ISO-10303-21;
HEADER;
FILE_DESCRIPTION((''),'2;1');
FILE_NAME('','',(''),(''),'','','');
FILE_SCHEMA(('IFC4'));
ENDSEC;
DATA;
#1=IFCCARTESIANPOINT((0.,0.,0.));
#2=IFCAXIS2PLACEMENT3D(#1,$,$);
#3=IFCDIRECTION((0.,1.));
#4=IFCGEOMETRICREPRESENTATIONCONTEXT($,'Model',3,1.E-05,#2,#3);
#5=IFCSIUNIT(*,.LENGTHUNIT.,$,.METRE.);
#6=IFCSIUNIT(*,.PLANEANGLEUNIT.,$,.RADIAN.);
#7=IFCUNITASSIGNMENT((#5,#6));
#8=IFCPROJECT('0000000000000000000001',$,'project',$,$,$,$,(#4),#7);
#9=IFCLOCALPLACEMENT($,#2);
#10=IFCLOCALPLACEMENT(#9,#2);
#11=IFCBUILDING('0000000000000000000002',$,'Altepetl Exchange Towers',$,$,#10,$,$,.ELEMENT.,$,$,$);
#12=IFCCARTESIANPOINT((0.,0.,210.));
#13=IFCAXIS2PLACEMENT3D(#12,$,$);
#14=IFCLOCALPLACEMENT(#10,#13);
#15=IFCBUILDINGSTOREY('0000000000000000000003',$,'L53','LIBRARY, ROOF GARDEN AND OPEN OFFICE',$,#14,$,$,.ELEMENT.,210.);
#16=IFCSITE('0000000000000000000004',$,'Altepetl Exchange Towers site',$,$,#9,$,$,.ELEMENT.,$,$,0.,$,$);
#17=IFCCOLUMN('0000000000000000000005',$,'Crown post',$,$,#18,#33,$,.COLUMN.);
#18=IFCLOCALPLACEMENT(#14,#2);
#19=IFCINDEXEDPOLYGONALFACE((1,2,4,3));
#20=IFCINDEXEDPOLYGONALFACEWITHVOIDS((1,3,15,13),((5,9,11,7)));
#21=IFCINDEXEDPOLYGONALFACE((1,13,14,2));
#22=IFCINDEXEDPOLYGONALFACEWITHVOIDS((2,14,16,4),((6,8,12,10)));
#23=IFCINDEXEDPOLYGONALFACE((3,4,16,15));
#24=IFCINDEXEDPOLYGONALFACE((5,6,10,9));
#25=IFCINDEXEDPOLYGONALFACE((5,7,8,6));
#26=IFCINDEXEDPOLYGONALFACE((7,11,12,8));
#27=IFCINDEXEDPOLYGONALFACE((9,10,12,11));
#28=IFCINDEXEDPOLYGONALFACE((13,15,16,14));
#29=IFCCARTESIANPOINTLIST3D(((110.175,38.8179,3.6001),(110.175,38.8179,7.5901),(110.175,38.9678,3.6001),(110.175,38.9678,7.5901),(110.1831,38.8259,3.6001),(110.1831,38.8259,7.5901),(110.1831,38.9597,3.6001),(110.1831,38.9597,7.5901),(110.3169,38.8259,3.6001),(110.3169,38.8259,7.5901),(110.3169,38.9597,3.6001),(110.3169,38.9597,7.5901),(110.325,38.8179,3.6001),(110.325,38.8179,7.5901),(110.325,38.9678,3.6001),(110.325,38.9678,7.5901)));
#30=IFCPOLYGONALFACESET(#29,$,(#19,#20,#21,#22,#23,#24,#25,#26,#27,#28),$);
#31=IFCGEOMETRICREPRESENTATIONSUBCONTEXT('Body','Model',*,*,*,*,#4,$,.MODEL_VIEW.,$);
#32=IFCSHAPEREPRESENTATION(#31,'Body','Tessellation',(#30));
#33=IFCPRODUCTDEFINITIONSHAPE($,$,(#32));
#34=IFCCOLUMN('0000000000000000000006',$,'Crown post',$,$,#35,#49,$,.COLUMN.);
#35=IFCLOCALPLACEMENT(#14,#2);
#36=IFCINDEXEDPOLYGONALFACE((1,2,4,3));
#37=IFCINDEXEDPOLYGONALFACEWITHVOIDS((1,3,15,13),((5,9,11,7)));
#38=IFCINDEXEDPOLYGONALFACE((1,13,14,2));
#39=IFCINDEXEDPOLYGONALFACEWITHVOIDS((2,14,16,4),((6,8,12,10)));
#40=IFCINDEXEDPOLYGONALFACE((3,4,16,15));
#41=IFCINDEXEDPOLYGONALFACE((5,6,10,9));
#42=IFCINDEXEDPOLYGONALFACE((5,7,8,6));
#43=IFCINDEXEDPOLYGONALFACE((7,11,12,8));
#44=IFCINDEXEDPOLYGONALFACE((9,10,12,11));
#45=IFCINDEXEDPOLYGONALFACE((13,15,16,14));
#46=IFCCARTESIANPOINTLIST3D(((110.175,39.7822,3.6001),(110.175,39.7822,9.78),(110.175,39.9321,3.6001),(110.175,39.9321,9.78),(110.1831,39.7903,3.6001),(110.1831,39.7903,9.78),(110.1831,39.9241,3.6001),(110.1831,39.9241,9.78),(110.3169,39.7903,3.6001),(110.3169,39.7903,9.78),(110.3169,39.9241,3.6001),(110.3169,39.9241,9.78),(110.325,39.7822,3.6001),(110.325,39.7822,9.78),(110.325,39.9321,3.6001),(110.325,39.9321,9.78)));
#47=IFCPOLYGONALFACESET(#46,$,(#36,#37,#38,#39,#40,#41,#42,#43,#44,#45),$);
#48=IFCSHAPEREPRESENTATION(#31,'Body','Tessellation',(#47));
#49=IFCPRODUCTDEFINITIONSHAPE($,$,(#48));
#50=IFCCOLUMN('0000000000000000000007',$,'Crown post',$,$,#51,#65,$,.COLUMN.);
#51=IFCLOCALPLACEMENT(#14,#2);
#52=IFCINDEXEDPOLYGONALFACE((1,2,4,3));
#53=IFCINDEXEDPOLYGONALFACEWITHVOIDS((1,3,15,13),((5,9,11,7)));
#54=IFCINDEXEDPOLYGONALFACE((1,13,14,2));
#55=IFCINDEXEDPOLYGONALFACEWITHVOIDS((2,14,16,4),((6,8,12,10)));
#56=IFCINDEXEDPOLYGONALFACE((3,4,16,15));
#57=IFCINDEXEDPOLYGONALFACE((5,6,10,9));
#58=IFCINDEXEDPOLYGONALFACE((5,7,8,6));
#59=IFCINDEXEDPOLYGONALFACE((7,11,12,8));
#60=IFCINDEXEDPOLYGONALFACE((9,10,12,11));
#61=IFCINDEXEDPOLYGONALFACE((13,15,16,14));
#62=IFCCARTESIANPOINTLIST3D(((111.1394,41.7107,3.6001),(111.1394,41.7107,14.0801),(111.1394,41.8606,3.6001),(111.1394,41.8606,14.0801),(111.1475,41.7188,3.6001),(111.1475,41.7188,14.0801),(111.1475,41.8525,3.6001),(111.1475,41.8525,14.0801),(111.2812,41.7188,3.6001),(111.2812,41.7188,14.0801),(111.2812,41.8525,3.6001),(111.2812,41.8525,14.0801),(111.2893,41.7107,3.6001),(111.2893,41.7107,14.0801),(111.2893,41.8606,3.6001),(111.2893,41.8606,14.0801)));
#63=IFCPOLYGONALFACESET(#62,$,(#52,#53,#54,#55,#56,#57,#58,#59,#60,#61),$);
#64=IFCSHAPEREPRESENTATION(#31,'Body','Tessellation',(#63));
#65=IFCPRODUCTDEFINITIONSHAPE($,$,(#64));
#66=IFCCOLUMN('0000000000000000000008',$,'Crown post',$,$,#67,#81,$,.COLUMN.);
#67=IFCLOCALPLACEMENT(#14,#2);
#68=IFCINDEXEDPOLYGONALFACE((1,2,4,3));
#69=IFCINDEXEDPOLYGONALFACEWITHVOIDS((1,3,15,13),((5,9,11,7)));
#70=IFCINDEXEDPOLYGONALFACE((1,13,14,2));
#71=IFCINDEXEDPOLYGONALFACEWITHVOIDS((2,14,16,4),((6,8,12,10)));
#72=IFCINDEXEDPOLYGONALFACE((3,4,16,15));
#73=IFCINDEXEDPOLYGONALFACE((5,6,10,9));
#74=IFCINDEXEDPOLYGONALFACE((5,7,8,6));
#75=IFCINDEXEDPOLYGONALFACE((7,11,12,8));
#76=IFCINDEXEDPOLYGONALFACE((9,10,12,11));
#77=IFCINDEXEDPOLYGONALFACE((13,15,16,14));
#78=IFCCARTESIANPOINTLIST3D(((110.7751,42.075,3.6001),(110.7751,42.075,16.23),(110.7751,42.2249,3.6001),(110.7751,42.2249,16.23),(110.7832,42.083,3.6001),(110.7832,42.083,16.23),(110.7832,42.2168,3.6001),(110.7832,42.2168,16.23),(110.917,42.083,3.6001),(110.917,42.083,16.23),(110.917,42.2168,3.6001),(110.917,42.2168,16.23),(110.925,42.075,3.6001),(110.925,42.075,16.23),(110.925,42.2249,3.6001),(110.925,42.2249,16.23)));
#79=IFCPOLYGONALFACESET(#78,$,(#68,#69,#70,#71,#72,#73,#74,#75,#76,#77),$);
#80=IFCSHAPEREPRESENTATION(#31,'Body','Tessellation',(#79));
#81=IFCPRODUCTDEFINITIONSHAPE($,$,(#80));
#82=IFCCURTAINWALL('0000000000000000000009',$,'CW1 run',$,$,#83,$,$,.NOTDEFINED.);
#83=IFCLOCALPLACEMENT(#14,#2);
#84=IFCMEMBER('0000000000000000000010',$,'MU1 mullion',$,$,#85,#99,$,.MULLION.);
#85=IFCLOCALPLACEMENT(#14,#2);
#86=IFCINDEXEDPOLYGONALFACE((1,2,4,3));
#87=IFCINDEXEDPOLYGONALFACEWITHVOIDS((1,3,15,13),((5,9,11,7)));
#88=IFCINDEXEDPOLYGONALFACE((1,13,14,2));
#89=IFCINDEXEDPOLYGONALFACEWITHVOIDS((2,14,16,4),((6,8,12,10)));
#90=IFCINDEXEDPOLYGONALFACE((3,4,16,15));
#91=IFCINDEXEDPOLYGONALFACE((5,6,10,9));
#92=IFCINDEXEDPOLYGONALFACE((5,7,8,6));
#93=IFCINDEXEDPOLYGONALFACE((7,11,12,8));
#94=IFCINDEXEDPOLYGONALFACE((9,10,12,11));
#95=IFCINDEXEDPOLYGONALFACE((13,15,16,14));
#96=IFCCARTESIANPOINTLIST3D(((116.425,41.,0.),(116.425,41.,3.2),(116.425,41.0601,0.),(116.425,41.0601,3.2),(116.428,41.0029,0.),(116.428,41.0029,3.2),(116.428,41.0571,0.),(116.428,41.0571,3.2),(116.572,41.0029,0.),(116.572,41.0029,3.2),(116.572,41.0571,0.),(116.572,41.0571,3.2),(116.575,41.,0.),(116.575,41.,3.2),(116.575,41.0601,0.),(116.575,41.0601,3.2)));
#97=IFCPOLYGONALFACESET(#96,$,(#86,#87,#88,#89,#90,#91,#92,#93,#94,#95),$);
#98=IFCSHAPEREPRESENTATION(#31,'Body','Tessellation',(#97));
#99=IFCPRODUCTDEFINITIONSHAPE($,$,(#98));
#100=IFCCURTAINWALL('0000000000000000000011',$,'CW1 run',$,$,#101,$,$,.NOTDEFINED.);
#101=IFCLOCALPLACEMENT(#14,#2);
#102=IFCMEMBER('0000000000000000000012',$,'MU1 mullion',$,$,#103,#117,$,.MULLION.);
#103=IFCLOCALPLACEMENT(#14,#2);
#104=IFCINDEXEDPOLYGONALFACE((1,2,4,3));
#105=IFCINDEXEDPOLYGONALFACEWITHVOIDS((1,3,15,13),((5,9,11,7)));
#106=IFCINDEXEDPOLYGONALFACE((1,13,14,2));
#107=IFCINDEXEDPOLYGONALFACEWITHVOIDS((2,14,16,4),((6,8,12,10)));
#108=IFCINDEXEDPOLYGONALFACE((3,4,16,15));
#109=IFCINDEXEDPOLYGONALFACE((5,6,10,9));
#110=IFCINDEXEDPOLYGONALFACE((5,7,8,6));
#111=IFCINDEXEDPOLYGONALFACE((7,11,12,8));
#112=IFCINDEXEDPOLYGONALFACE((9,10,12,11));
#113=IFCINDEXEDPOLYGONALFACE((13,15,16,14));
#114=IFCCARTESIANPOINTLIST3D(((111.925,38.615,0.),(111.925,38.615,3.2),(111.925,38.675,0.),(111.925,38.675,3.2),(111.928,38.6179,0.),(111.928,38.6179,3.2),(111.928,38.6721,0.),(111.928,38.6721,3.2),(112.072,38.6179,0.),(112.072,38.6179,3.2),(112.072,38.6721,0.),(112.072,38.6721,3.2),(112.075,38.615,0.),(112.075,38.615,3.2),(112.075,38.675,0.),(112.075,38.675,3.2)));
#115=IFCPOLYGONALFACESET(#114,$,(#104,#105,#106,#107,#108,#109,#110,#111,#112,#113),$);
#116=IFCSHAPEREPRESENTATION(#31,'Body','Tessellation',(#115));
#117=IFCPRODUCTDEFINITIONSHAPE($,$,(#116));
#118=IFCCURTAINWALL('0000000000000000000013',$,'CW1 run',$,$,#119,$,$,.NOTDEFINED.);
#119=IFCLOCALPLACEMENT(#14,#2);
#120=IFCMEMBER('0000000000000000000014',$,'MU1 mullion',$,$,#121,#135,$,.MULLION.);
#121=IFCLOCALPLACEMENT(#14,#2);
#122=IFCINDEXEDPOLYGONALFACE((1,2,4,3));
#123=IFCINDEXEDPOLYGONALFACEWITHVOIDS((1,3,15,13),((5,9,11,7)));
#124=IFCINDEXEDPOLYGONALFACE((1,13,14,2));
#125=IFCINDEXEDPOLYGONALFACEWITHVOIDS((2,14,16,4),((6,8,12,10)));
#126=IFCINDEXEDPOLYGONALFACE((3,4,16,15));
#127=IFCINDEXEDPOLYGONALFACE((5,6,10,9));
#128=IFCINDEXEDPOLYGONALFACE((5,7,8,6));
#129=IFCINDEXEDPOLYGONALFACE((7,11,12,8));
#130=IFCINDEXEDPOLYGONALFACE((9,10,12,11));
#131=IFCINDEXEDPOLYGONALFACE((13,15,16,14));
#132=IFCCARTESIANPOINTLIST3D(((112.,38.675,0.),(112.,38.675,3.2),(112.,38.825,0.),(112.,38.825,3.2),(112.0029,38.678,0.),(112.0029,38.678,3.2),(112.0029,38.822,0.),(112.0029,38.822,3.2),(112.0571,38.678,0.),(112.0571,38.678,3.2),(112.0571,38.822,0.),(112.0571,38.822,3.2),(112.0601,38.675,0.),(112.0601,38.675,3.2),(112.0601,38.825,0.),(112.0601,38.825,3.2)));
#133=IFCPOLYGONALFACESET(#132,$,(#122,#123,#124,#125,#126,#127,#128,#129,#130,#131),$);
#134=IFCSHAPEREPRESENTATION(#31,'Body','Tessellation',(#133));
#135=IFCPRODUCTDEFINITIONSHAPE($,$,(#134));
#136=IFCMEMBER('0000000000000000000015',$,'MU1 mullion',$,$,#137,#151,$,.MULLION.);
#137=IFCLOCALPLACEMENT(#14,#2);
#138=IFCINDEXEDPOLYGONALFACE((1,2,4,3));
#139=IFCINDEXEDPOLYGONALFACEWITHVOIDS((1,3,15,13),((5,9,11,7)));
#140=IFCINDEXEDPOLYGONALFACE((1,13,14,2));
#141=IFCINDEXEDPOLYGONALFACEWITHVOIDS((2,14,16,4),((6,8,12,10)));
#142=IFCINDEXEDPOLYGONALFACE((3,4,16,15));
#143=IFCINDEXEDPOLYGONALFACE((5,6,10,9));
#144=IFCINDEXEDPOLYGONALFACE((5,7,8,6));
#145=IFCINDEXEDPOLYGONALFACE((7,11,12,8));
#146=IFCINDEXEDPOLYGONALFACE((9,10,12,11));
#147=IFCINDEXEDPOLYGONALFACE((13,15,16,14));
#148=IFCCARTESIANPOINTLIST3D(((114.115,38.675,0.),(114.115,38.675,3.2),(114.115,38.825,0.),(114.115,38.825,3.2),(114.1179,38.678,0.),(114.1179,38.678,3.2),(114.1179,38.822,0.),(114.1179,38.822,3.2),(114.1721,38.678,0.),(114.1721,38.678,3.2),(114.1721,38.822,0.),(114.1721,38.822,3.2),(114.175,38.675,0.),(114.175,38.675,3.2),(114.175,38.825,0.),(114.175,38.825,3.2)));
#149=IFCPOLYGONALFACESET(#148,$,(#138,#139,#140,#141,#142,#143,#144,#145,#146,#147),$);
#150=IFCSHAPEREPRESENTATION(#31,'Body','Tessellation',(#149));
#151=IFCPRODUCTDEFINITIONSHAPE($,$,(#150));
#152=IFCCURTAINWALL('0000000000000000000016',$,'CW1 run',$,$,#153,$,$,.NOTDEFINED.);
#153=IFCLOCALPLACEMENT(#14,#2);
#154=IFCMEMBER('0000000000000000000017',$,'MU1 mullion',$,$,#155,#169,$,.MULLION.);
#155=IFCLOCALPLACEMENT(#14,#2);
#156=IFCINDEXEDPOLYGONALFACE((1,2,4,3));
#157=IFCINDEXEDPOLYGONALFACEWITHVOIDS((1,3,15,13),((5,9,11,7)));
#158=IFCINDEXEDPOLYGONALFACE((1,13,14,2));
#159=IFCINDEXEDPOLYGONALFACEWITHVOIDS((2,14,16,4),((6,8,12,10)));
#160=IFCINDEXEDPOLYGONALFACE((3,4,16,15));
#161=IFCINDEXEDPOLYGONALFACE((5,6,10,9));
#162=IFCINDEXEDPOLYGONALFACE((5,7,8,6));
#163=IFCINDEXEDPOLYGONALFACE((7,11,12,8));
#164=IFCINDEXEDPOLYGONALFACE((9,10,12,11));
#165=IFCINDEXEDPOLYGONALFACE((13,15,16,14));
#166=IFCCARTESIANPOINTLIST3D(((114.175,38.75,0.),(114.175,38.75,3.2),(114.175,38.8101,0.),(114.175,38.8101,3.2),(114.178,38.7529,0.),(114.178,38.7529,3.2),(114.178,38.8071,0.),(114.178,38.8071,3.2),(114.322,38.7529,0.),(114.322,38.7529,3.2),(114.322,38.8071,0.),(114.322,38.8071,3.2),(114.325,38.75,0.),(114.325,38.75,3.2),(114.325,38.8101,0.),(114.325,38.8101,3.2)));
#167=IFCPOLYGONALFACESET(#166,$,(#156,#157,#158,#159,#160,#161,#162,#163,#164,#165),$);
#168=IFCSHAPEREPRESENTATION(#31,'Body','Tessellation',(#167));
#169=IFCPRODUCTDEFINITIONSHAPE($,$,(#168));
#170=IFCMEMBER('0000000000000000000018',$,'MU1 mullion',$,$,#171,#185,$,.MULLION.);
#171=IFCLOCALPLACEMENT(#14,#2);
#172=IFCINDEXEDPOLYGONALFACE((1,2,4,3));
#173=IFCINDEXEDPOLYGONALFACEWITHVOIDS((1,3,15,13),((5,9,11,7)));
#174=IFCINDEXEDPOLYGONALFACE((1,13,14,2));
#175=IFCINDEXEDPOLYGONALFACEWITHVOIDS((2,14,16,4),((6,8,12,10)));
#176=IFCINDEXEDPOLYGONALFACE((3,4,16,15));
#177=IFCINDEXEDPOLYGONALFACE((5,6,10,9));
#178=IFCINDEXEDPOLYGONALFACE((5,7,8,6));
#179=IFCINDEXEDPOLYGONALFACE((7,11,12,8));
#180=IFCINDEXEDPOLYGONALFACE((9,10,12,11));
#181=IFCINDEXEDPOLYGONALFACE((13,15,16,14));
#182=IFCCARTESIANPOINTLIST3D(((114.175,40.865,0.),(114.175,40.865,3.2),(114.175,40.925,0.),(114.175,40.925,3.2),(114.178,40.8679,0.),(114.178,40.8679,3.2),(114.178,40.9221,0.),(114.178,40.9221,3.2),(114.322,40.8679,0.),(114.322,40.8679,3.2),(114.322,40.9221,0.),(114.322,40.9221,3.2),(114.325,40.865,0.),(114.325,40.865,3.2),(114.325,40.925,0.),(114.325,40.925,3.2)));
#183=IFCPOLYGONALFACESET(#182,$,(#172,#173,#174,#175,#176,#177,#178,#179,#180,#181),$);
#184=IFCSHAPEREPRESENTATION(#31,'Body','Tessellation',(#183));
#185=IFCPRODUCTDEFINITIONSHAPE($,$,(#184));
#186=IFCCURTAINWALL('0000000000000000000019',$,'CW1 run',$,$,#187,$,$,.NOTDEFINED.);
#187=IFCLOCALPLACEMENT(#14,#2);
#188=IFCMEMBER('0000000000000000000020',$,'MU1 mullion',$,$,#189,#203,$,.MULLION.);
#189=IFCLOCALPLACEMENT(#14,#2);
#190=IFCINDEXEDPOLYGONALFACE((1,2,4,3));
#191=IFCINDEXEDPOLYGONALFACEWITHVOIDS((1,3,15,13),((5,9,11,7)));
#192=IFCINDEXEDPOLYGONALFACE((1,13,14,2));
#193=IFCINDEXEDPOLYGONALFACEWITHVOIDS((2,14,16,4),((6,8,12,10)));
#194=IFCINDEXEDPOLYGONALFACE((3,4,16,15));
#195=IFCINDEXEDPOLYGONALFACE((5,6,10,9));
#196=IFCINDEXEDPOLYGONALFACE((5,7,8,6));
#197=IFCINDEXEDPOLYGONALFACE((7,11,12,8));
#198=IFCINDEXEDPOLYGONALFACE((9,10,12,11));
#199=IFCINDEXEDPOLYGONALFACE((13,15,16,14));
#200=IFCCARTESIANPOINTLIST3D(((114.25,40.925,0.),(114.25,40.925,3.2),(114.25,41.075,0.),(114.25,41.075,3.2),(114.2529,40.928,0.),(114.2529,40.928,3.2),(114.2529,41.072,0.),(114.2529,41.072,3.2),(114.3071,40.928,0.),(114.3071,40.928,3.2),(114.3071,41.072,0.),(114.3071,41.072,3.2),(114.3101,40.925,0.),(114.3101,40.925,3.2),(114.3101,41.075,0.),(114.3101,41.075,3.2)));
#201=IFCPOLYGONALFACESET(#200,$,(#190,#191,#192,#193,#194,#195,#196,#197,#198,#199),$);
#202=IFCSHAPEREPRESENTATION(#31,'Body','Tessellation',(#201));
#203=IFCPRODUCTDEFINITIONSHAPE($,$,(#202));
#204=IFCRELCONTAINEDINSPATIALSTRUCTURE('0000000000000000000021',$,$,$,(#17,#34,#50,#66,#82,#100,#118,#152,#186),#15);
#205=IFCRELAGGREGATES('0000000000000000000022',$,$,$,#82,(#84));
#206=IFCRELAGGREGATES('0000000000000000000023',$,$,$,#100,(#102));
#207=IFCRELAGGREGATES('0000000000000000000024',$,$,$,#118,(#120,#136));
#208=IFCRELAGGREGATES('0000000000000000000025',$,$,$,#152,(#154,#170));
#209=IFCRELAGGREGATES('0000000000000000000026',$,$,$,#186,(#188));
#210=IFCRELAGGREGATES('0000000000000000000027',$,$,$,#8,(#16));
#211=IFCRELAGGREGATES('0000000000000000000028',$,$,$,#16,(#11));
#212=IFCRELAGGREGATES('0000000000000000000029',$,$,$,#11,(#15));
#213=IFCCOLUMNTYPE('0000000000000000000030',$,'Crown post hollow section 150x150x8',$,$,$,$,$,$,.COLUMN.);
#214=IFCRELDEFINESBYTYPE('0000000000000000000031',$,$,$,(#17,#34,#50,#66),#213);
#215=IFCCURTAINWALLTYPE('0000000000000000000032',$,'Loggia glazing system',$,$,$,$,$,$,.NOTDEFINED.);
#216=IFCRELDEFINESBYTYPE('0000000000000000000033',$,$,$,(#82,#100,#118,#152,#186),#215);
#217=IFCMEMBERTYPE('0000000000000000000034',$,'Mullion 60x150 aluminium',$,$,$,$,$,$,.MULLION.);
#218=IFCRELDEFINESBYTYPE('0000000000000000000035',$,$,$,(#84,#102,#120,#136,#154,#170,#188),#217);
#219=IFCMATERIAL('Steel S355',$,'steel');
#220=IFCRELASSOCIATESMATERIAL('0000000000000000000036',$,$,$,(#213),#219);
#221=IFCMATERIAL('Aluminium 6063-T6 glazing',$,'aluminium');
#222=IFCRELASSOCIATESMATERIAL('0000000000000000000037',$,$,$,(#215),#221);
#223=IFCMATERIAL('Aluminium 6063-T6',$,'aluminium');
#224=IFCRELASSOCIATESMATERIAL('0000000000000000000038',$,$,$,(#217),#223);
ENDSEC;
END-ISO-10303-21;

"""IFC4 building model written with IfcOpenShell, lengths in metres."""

from ifc_helpers import new_model, si_unit, direction, frame, origin, origin_2d, place, context, subcontext, project, spatial, hollow_rectangle, extrude, material, material_profile, profile_set, type_object, element, aggregate, save


model = new_model("IFC4")

# Units and contexts
model_context = context("Model", 3, precision=1e-05, world=origin(), true_north=direction((0.0, 1.0)))
body_context = subcontext(model_context, "Body", "Model", "MODEL_VIEW")
ifc_project = project(units=[si_unit("LENGTHUNIT", "METRE"), si_unit("PLANEANGLEUNIT", "RADIAN")], contexts=[model_context])

# Site, building, storey
site_placement = place(None, origin())
site = spatial("IfcSite", under=ifc_project, at=site_placement, Name="Altepetl Exchange Towers site", CompositionType="ELEMENT", RefElevation=0.0)
building_placement = place(site_placement, origin())
building = spatial("IfcBuilding", under=site, at=building_placement, Name="Altepetl Exchange Towers", CompositionType="ELEMENT")
storey_placement = place(building_placement, frame((0.0, 0.0, 210.0)))
storey = spatial("IfcBuildingStorey", under=building, at=storey_placement, Name="L53", Description="LIBRARY, ROOF GARDEN AND OPEN OFFICE", CompositionType="ELEMENT", Elevation=210.0)

# Columns
ifc_material_1 = material(Name="Steel S355", Category="steel")
ifc_material_profile_1 = material_profile(ifc_material_1, hollow_rectangle(XDim=0.1499, YDim=0.1499, WallThickness=0.0081, at=origin_2d()), Name="RHS 150x150x8")
ifc_profile_set_1 = profile_set([ifc_material_profile_1], Name="Steel S355")
column_type = type_object("IfcColumnType", Name="Crown post hollow section 150x150x8", PredefinedType="COLUMN", material=ifc_profile_set_1)
column_1_placement = place(storey_placement, frame((110.25, 38.8928, 3.6001)))
element("IfcColumn", 1, at=column_1_placement, inside=storey, type_object=column_type, Name="Crown post", PredefinedType="COLUMN", context=body_context, shape_type="SweptSolid", body=[
    extrude(hollow_rectangle(XDim=0.1499, YDim=0.1499, WallThickness=0.0081, at=origin_2d()), origin(), (0.0, 0.0, 1.0), 3.99),
])
column_2_placement = place(storey_placement, frame((110.25, 39.8572, 3.6001)))
element("IfcColumn", 2, at=column_2_placement, inside=storey, type_object=column_type, Name="Crown post", PredefinedType="COLUMN", context=body_context, shape_type="SweptSolid", body=[
    extrude(hollow_rectangle(XDim=0.1499, YDim=0.1499, WallThickness=0.0081, at=origin_2d()), origin(), (0.0, 0.0, 1.0), 6.1799),
])
column_3_placement = place(storey_placement, frame((111.2144, 41.7856, 3.6001)))
element("IfcColumn", 3, at=column_3_placement, inside=storey, type_object=column_type, Name="Crown post", PredefinedType="COLUMN", context=body_context, shape_type="SweptSolid", body=[
    extrude(hollow_rectangle(XDim=0.1499, YDim=0.1499, WallThickness=0.0081, at=origin_2d()), origin(), (0.0, 0.0, 1.0), 10.48),
])
column_4_placement = place(storey_placement, frame((110.8501, 42.1499, 3.6001)))
element("IfcColumn", 4, at=column_4_placement, inside=storey, type_object=column_type, Name="Crown post", PredefinedType="COLUMN", context=body_context, shape_type="SweptSolid", body=[
    extrude(hollow_rectangle(XDim=0.1499, YDim=0.1499, WallThickness=0.0081, at=origin_2d()), origin(), (0.0, 0.0, 1.0), 12.6299),
])

# Curtain walls, members
ifc_material_2 = material(Name="Aluminium 6063-T6 glazing", Category="aluminium")
curtain_wall_type = type_object("IfcCurtainWallType", Name="Loggia glazing system", PredefinedType="NOTDEFINED", material=ifc_material_2)
curtain_wall_1_placement = place(storey_placement, origin())
curtain_wall_1 = element("IfcCurtainWall", 5, at=curtain_wall_1_placement, inside=storey, type_object=curtain_wall_type, Name="CW1 run", PredefinedType="NOTDEFINED")
ifc_material_3 = material(Name="Aluminium 6063-T6", Category="aluminium")
ifc_material_profile_2 = material_profile(ifc_material_3, hollow_rectangle(XDim=0.0601, YDim=0.1499, WallThickness=0.0029, at=origin_2d()), Name="Mullion 60x150 aluminium")
ifc_profile_set_2 = profile_set([ifc_material_profile_2], Name="Aluminium 6063-T6")
member_type = type_object("IfcMemberType", Name="Mullion 60x150 aluminium", PredefinedType="MULLION", material=ifc_profile_set_2)
member_1_placement = place(storey_placement, frame((116.5, 41.03, 0.0), z_axis=(0.0, 0.0, 1.0), x_axis=(0.0, 1.0, 0.0)))
member_1 = element("IfcMember", 6, at=member_1_placement, type_object=member_type, Name="MU1 mullion", PredefinedType="MULLION", context=body_context, shape_type="SweptSolid", body=[
    extrude(hollow_rectangle(XDim=0.0601, YDim=0.1499, WallThickness=0.0029, at=origin_2d()), origin(), (0.0, 0.0, 1.0), 3.2),
])
aggregate(curtain_wall_1, [member_1])
curtain_wall_2_placement = place(storey_placement, origin())
curtain_wall_2 = element("IfcCurtainWall", 7, at=curtain_wall_2_placement, inside=storey, type_object=curtain_wall_type, Name="CW1 run", PredefinedType="NOTDEFINED")
member_2_placement = place(storey_placement, frame((112.0, 38.645, 0.0), z_axis=(0.0, 0.0, 1.0), x_axis=(0.0, 1.0, 0.0)))
member_2 = element("IfcMember", 8, at=member_2_placement, type_object=member_type, Name="MU1 mullion", PredefinedType="MULLION", context=body_context, shape_type="SweptSolid", body=[
    extrude(hollow_rectangle(XDim=0.0601, YDim=0.1499, WallThickness=0.0029, at=origin_2d()), origin(), (0.0, 0.0, 1.0), 3.2),
])
aggregate(curtain_wall_2, [member_2])

# Curtain walls, members
curtain_wall_3_placement = place(storey_placement, origin())
curtain_wall_3 = element("IfcCurtainWall", 9, at=curtain_wall_3_placement, inside=storey, type_object=curtain_wall_type, Name="CW1 run", PredefinedType="NOTDEFINED")
member_3_placement = place(storey_placement, frame((112.03, 38.75, 0.0)))
member_3 = element("IfcMember", 10, at=member_3_placement, type_object=member_type, Name="MU1 mullion", PredefinedType="MULLION", context=body_context, shape_type="SweptSolid", body=[
    extrude(hollow_rectangle(XDim=0.0601, YDim=0.1499, WallThickness=0.0029, at=origin_2d()), origin(), (0.0, 0.0, 1.0), 3.2),
])
member_4_placement = place(storey_placement, frame((114.145, 38.75, 0.0)))
member_4 = element("IfcMember", 11, at=member_4_placement, type_object=member_type, Name="MU1 mullion", PredefinedType="MULLION", context=body_context, shape_type="SweptSolid", body=[
    extrude(hollow_rectangle(XDim=0.0601, YDim=0.1499, WallThickness=0.0029, at=origin_2d()), origin(), (0.0, 0.0, 1.0), 3.2),
])
curtain_wall_4_placement = place(storey_placement, origin())
curtain_wall_4 = element("IfcCurtainWall", 12, at=curtain_wall_4_placement, inside=storey, type_object=curtain_wall_type, Name="CW1 run", PredefinedType="NOTDEFINED")
member_5_placement = place(storey_placement, frame((114.25, 38.78, 0.0), z_axis=(0.0, 0.0, 1.0), x_axis=(0.0, 1.0, 0.0)))
member_5 = element("IfcMember", 13, at=member_5_placement, type_object=member_type, Name="MU1 mullion", PredefinedType="MULLION", context=body_context, shape_type="SweptSolid", body=[
    extrude(hollow_rectangle(XDim=0.0601, YDim=0.1499, WallThickness=0.0029, at=origin_2d()), origin(), (0.0, 0.0, 1.0), 3.2),
])
member_6_placement = place(storey_placement, frame((114.25, 40.895, 0.0), z_axis=(0.0, 0.0, 1.0), x_axis=(0.0, 1.0, 0.0)))
member_6 = element("IfcMember", 14, at=member_6_placement, type_object=member_type, Name="MU1 mullion", PredefinedType="MULLION", context=body_context, shape_type="SweptSolid", body=[
    extrude(hollow_rectangle(XDim=0.0601, YDim=0.1499, WallThickness=0.0029, at=origin_2d()), origin(), (0.0, 0.0, 1.0), 3.2),
])
curtain_wall_5_placement = place(storey_placement, origin())
curtain_wall_5 = element("IfcCurtainWall", 15, at=curtain_wall_5_placement, inside=storey, type_object=curtain_wall_type, Name="CW1 run", PredefinedType="NOTDEFINED")
member_7_placement = place(storey_placement, frame((114.28, 41.0, 0.0)))
member_7 = element("IfcMember", 16, at=member_7_placement, type_object=member_type, Name="MU1 mullion", PredefinedType="MULLION", context=body_context, shape_type="SweptSolid", body=[
    extrude(hollow_rectangle(XDim=0.0601, YDim=0.1499, WallThickness=0.0029, at=origin_2d()), origin(), (0.0, 0.0, 1.0), 3.2),
])

aggregate(curtain_wall_3, [member_3, member_4])
aggregate(curtain_wall_4, [member_5, member_6])
aggregate(curtain_wall_5, [member_7])

save(model, "model.ifc")
